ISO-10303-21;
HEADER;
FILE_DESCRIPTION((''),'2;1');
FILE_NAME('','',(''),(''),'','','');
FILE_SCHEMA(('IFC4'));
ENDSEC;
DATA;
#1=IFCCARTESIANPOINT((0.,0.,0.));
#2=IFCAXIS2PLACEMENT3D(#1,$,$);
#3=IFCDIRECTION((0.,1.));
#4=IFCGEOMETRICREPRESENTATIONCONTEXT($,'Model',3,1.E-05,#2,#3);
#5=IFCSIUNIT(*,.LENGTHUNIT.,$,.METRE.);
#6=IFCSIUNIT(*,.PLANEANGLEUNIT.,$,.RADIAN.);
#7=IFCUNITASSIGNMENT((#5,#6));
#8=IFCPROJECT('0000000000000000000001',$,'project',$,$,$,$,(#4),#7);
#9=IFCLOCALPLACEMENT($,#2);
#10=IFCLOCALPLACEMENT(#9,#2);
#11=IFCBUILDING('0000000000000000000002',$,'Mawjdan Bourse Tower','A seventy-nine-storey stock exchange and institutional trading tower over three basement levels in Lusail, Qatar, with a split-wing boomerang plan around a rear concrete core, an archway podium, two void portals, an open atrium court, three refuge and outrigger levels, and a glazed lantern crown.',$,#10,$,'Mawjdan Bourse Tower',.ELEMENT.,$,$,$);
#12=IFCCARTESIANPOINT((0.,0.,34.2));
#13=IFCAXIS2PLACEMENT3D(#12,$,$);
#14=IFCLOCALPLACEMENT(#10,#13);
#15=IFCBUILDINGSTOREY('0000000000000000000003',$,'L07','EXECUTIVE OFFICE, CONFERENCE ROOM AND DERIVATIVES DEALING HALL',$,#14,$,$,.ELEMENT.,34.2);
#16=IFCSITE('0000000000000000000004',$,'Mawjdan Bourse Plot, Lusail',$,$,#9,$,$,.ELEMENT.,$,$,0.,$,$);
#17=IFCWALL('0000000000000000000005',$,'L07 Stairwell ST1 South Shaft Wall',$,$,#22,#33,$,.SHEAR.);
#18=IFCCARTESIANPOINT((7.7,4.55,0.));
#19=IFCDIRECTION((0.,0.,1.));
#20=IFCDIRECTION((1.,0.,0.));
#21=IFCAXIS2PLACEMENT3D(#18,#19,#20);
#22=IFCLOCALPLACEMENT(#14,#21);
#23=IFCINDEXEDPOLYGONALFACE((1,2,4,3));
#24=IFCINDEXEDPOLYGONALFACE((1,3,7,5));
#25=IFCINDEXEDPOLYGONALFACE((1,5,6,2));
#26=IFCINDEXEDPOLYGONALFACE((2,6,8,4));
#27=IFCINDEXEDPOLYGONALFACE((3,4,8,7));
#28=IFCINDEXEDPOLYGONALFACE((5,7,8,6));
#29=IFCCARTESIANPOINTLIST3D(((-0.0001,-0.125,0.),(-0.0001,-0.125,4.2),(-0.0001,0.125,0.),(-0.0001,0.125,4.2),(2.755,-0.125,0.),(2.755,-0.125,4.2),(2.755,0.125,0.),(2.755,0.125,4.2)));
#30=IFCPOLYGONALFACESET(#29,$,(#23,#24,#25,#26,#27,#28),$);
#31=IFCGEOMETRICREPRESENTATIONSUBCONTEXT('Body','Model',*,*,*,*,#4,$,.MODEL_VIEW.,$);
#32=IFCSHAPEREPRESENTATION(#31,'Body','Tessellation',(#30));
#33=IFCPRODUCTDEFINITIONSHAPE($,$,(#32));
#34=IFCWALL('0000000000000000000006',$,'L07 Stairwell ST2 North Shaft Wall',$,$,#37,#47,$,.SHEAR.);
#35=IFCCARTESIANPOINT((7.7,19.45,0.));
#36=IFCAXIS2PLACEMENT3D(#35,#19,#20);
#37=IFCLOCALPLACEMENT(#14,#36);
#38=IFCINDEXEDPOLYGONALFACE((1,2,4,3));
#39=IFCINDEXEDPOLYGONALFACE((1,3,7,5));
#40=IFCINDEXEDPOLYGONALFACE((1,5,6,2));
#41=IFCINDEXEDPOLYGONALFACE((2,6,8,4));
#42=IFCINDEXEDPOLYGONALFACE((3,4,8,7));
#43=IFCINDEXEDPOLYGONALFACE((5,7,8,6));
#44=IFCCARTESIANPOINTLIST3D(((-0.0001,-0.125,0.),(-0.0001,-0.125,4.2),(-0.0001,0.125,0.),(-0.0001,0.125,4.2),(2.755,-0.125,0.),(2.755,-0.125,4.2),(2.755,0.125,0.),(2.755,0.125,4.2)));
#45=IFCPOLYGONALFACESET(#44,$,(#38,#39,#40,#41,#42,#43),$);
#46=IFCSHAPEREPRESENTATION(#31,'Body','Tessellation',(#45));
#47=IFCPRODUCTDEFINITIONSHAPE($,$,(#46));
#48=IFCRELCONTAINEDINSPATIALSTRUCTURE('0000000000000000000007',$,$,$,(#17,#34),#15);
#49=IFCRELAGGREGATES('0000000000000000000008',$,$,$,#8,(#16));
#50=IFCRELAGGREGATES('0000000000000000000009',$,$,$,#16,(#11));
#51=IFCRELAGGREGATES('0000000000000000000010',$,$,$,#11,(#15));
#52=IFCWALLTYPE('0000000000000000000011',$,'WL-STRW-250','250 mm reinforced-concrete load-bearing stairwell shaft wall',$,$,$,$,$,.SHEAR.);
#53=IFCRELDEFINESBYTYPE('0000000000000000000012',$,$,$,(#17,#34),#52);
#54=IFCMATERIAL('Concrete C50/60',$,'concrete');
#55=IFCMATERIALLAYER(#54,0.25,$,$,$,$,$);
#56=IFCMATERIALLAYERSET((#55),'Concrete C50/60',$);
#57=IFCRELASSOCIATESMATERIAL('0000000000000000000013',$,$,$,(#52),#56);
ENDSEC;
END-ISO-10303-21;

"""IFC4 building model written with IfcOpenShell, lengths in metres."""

from ifc_helpers import new_model, si_unit, direction, frame, frame_2d, origin, place, context, subcontext, project, spatial, rectangle, extrude, material, layer, layer_set, type_object, element, save


model = new_model("IFC4")

# Units and contexts
model_context = context("Model", 3, precision=1e-05, world=origin(), true_north=direction((0.0, 1.0)))
body_context = subcontext(model_context, "Body", "Model", "MODEL_VIEW")
ifc_project = project(units=[si_unit("LENGTHUNIT", "METRE"), si_unit("PLANEANGLEUNIT", "RADIAN")], contexts=[model_context])

# Site, building, storey
site_placement = place(None, origin())
site = spatial("IfcSite", under=ifc_project, at=site_placement, Name="Mawjdan Bourse Plot, Lusail", CompositionType="ELEMENT", RefElevation=0.0)
building_placement = place(site_placement, origin())
building = spatial("IfcBuilding", under=site, at=building_placement, Name="Mawjdan Bourse Tower", Description="A seventy-nine-storey stock exchange and institutional trading tower over three basement levels in Lusail, Qatar, with a split-wing boomerang plan around a rear concrete core, an archway podium, two void portals, an open atrium court, three refuge and outrigger levels, and a glazed lantern crown.", LongName="Mawjdan Bourse Tower", CompositionType="ELEMENT")
storey_placement = place(building_placement, frame((0.0, 0.0, 34.2)))
storey = spatial("IfcBuildingStorey", under=building, at=storey_placement, Name="L07", Description="EXECUTIVE OFFICE, CONFERENCE ROOM AND DERIVATIVES DEALING HALL", CompositionType="ELEMENT", Elevation=34.2)

# Shared definitions
ifc_material_1 = material(Name="Concrete C50/60", Category="concrete")

# Walls
ifc_layer_1 = layer(ifc_material_1, 0.25)
ifc_layer_set_1 = layer_set([ifc_layer_1], Name="Concrete C50/60")
wall_type_1 = type_object("IfcWallType", Name="WL-STRW-250", Description="250 mm reinforced-concrete load-bearing stairwell shaft wall", PredefinedType="SHEAR", material=ifc_layer_set_1)
for number, where, z_axis, x_axis, name in (
    (1, (7.7, 4.55, 0.0), (0.0, 0.0, 1.0), (1.0, 0.0, 0.0), "L07 Stairwell ST1 South Shaft Wall"),
    (2, (7.7, 19.45, 0.0), (0.0, 0.0, 1.0), (1.0, 0.0, 0.0), "L07 Stairwell ST2 North Shaft Wall"),
):
    element("IfcWall", number, at=place(storey_placement, frame(where, z_axis=z_axis, x_axis=x_axis)), inside=storey, type_object=wall_type_1, Name=name, PredefinedType="SHEAR", context=body_context, shape_type="SweptSolid", body=[
        extrude(rectangle(XDim=2.7551, YDim=0.25, at=frame_2d((1.3774, 0.0))), origin(), (0.0, 0.0, 1.0), 4.2),
    ])

save(model, "model.ifc")
